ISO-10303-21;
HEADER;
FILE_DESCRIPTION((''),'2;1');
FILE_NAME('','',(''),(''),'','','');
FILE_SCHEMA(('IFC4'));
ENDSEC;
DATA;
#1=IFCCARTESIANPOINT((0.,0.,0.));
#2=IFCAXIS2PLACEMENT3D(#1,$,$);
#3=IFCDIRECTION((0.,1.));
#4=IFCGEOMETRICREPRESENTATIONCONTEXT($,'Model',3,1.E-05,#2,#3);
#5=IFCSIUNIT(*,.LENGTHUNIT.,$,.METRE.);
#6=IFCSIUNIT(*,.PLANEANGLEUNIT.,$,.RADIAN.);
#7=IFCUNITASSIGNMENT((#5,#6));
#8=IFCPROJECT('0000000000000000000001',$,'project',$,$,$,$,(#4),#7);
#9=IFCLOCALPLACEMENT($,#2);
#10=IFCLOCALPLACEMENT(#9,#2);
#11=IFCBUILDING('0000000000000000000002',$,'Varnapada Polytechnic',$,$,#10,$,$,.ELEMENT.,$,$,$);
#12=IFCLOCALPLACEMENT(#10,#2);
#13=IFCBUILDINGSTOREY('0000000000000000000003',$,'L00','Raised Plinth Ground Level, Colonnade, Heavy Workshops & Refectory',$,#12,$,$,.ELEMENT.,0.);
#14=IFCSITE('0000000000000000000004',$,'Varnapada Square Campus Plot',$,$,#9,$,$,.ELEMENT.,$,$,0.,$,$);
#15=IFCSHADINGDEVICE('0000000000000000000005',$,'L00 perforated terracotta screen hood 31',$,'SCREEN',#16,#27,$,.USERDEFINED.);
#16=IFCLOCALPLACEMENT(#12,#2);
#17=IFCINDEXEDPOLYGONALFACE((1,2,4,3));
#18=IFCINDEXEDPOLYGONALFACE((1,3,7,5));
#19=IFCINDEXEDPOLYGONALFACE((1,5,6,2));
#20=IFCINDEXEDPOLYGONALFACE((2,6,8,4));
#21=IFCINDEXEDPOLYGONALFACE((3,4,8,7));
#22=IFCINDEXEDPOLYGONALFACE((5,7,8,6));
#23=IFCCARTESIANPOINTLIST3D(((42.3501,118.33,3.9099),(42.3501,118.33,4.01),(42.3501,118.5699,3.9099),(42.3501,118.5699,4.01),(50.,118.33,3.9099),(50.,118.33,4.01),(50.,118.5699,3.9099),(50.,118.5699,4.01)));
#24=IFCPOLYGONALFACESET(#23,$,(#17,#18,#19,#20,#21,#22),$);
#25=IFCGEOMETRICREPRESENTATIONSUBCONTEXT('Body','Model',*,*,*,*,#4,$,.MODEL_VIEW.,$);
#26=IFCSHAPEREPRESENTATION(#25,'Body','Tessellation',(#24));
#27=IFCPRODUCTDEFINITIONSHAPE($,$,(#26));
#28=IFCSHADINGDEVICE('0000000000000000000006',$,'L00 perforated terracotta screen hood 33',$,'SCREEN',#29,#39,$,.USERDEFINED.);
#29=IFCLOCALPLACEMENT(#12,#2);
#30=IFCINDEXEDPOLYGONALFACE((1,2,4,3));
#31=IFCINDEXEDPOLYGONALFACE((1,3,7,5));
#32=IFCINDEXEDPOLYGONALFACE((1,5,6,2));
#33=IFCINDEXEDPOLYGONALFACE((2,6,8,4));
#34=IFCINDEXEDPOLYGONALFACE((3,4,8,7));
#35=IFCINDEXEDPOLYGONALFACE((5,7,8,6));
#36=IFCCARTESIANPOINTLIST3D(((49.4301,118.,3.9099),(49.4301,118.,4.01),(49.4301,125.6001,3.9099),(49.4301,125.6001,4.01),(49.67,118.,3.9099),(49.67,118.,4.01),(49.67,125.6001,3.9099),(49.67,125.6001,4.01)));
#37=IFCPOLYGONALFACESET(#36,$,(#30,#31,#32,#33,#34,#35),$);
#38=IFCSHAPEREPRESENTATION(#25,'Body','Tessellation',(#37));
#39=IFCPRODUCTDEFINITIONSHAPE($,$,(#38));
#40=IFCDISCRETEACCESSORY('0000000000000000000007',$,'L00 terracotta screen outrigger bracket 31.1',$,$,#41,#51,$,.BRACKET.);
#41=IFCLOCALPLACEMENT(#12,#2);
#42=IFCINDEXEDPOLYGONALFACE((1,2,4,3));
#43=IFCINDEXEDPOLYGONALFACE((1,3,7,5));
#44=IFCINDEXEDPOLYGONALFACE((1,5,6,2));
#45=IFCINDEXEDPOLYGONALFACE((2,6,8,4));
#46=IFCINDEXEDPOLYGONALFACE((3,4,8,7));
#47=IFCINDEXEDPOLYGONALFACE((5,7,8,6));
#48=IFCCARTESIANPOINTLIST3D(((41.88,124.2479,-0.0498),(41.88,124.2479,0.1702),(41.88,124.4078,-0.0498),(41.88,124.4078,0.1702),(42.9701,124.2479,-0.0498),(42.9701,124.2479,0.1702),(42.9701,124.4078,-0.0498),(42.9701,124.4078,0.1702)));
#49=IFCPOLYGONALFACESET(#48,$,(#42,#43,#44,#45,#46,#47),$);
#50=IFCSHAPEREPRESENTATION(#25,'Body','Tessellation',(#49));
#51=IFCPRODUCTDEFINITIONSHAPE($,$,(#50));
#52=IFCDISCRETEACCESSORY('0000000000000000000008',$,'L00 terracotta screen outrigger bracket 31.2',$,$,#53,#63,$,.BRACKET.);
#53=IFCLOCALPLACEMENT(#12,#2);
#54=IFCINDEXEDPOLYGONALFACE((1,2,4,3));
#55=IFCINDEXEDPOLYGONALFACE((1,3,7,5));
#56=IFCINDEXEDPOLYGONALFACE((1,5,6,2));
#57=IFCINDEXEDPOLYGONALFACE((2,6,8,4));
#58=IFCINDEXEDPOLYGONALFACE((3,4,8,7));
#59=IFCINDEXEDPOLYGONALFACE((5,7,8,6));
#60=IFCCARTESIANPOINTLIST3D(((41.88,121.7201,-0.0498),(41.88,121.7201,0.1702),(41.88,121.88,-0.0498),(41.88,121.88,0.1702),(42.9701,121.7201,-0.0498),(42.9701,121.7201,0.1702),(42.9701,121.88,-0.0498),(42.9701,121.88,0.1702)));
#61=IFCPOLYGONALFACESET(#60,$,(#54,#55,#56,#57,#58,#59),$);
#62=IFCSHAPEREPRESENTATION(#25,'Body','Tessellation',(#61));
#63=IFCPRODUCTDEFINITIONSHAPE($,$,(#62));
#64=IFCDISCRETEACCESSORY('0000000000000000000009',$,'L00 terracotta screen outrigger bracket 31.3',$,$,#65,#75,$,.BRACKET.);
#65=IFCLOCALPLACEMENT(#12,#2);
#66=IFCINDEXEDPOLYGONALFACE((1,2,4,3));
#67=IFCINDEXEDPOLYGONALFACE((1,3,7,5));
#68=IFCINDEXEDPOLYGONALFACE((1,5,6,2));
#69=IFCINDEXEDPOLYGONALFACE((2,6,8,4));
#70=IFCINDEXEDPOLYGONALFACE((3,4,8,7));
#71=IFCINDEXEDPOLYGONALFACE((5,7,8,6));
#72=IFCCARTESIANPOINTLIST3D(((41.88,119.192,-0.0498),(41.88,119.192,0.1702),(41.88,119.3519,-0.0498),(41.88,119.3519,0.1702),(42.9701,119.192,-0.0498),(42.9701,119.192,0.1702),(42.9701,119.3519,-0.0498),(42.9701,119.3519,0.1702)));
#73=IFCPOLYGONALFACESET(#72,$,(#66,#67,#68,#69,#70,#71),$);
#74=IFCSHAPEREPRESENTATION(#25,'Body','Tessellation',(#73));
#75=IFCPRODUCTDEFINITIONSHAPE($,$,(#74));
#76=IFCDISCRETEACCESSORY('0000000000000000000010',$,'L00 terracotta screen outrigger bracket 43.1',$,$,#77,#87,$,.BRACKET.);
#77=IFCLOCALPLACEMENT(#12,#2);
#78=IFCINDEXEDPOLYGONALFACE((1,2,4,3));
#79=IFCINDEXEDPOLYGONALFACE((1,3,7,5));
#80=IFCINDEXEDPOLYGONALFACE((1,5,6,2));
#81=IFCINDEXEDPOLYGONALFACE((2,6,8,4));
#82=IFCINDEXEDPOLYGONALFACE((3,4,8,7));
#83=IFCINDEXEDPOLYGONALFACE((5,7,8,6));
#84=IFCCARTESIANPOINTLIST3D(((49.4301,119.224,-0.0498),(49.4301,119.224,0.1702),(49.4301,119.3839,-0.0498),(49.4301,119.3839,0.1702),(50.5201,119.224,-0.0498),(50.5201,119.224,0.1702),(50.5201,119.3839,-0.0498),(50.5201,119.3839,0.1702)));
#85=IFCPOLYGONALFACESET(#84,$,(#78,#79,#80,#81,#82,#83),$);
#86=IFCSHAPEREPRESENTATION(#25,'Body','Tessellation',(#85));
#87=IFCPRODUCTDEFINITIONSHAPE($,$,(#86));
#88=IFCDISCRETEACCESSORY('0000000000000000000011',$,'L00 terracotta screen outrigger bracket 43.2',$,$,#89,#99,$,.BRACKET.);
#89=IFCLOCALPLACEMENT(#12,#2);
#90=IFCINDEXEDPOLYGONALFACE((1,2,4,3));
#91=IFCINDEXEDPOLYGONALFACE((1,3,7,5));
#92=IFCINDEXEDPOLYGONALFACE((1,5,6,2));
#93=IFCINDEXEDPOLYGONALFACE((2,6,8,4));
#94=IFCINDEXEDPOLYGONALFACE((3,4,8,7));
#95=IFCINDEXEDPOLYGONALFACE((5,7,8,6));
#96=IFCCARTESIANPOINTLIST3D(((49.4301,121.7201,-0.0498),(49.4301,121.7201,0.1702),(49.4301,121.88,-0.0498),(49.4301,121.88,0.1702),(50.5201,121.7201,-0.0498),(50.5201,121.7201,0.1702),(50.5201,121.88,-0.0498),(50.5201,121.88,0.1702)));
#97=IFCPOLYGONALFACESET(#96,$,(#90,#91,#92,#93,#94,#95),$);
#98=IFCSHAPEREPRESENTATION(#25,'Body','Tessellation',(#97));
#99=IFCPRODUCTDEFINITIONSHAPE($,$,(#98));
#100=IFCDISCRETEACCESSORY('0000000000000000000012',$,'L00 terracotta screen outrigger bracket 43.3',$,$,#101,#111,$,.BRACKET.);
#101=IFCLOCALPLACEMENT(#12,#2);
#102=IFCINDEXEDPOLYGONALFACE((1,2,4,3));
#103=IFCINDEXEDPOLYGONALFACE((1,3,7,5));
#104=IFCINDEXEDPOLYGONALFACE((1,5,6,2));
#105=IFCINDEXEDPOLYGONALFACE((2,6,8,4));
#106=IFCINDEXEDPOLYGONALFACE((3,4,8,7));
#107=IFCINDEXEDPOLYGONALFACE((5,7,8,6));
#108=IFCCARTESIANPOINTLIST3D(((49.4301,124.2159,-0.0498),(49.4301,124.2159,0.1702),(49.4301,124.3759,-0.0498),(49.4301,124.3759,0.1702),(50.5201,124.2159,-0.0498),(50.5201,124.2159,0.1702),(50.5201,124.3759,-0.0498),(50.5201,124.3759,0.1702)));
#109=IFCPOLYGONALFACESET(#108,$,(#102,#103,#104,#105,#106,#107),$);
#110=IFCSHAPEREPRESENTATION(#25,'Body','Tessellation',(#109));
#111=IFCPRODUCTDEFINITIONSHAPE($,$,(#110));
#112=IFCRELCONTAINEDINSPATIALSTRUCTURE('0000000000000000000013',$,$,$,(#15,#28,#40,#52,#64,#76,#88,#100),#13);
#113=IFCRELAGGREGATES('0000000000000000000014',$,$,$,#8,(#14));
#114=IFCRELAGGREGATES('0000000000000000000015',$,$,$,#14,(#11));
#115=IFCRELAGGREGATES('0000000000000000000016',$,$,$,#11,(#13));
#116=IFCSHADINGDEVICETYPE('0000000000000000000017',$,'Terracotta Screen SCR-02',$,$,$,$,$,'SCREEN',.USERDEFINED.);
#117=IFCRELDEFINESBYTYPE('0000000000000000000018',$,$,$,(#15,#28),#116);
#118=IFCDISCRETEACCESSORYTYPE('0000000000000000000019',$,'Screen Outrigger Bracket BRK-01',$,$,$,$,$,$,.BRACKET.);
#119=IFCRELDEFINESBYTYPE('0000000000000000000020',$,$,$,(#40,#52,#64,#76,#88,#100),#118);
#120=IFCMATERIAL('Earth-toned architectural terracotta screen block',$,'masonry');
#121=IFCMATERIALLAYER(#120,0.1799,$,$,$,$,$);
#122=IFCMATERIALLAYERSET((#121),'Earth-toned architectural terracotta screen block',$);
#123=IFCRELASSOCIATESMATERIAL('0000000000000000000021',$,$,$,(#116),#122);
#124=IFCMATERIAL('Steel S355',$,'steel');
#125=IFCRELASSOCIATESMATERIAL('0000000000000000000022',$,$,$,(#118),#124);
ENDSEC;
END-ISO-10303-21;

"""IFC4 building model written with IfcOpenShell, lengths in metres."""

from ifc_helpers import new_model, si_unit, direction, frame, origin, origin_2d, place, context, subcontext, project, spatial, rectangle, extrude, material, layer, layer_set, type_object, element, save


model = new_model("IFC4")

# Units and contexts
model_context = context("Model", 3, precision=1e-05, world=origin(), true_north=direction((0.0, 1.0)))
body_context = subcontext(model_context, "Body", "Model", "MODEL_VIEW")
ifc_project = project(units=[si_unit("LENGTHUNIT", "METRE"), si_unit("PLANEANGLEUNIT", "RADIAN")], contexts=[model_context])

# Site, building, storey
site_placement = place(None, origin())
site = spatial("IfcSite", under=ifc_project, at=site_placement, Name="Varnapada Square Campus Plot", CompositionType="ELEMENT", RefElevation=0.0)
building_placement = place(site_placement, origin())
building = spatial("IfcBuilding", under=site, at=building_placement, Name="Varnapada Polytechnic", CompositionType="ELEMENT")
storey_placement = place(building_placement, origin())
storey = spatial("IfcBuildingStorey", under=building, at=storey_placement, Name="L00", Description="Raised Plinth Ground Level, Colonnade, Heavy Workshops & Refectory", CompositionType="ELEMENT", Elevation=0.0)

# Shared definitions
ifc_material_1 = material(Name="Steel S355", Category="steel")

# Shared definitions
ifc_material_2 = material(Name="Earth-toned architectural terracotta screen block", Category="masonry")

# Shading devices
ifc_layer_1 = layer(ifc_material_2, 0.1799)
ifc_layer_set_1 = layer_set([ifc_layer_1], Name="Earth-toned architectural terracotta screen block")
shading_device_type = type_object("IfcShadingDeviceType", Name="Terracotta Screen SCR-02", ElementType="SCREEN", PredefinedType="USERDEFINED", material=ifc_layer_set_1)
shading_device_1_placement = place(storey_placement, frame((46.175, 118.45, 3.9099), z_axis=(0.0, 0.0, 1.0), x_axis=(1.0, 0.0, 0.0)))
element("IfcShadingDevice", 1, at=shading_device_1_placement, inside=storey, type_object=shading_device_type, Name="L00 perforated terracotta screen hood 31", ObjectType="SCREEN", PredefinedType="USERDEFINED", context=body_context, shape_type="SweptSolid", body=[
    extrude(rectangle(XDim=7.6499, YDim=0.24, at=origin_2d()), origin(), (0.0, 0.0, 1.0), 0.1001),
])
shading_device_2_placement = place(storey_placement, frame((49.55, 121.8, 3.9099), z_axis=(0.0, 0.0, 1.0), x_axis=(0.0, 1.0, 0.0)))
element("IfcShadingDevice", 2, at=shading_device_2_placement, inside=storey, type_object=shading_device_type, Name="L00 perforated terracotta screen hood 33", ObjectType="SCREEN", PredefinedType="USERDEFINED", context=body_context, shape_type="SweptSolid", body=[
    extrude(rectangle(XDim=7.6001, YDim=0.24, at=origin_2d()), origin(), (0.0, 0.0, 1.0), 0.1001),
])

# Discrete accessories
discrete_accessory_type = type_object("IfcDiscreteAccessoryType", Name="Screen Outrigger Bracket BRK-01", PredefinedType="BRACKET", material=ifc_material_1)
for number, where, z_axis, x_axis, name in (
    (3, (42.425, 124.3279, -0.0498), (0.0, 0.0, 1.0), (0.0, -1.0, 0.0), "L00 terracotta screen outrigger bracket 31.1"),
    (4, (42.425, 121.8, -0.0498), (0.0, 0.0, 1.0), (0.0, -1.0, 0.0), "L00 terracotta screen outrigger bracket 31.2"),
    (5, (42.425, 119.272, -0.0498), (0.0, 0.0, 1.0), (0.0, -1.0, 0.0), "L00 terracotta screen outrigger bracket 31.3"),
    (6, (49.9751, 119.304, -0.0498), (0.0, 0.0, 1.0), (0.0, 1.0, 0.0), "L00 terracotta screen outrigger bracket 43.1"),
    (7, (49.9751, 121.8, -0.0498), (0.0, 0.0, 1.0), (0.0, 1.0, 0.0), "L00 terracotta screen outrigger bracket 43.2"),
    (8, (49.9751, 124.2959, -0.0498), (0.0, 0.0, 1.0), (0.0, 1.0, 0.0), "L00 terracotta screen outrigger bracket 43.3"),
):
    element("IfcDiscreteAccessory", number, at=place(storey_placement, frame(where, z_axis=z_axis, x_axis=x_axis)), inside=storey, type_object=discrete_accessory_type, Name=name, PredefinedType="BRACKET", context=body_context, shape_type="SweptSolid", body=[
        extrude(rectangle(XDim=0.1599, YDim=1.0901, at=origin_2d()), origin(), (0.0, 0.0, 1.0), 0.22),
    ])

save(model, "model.ifc")
